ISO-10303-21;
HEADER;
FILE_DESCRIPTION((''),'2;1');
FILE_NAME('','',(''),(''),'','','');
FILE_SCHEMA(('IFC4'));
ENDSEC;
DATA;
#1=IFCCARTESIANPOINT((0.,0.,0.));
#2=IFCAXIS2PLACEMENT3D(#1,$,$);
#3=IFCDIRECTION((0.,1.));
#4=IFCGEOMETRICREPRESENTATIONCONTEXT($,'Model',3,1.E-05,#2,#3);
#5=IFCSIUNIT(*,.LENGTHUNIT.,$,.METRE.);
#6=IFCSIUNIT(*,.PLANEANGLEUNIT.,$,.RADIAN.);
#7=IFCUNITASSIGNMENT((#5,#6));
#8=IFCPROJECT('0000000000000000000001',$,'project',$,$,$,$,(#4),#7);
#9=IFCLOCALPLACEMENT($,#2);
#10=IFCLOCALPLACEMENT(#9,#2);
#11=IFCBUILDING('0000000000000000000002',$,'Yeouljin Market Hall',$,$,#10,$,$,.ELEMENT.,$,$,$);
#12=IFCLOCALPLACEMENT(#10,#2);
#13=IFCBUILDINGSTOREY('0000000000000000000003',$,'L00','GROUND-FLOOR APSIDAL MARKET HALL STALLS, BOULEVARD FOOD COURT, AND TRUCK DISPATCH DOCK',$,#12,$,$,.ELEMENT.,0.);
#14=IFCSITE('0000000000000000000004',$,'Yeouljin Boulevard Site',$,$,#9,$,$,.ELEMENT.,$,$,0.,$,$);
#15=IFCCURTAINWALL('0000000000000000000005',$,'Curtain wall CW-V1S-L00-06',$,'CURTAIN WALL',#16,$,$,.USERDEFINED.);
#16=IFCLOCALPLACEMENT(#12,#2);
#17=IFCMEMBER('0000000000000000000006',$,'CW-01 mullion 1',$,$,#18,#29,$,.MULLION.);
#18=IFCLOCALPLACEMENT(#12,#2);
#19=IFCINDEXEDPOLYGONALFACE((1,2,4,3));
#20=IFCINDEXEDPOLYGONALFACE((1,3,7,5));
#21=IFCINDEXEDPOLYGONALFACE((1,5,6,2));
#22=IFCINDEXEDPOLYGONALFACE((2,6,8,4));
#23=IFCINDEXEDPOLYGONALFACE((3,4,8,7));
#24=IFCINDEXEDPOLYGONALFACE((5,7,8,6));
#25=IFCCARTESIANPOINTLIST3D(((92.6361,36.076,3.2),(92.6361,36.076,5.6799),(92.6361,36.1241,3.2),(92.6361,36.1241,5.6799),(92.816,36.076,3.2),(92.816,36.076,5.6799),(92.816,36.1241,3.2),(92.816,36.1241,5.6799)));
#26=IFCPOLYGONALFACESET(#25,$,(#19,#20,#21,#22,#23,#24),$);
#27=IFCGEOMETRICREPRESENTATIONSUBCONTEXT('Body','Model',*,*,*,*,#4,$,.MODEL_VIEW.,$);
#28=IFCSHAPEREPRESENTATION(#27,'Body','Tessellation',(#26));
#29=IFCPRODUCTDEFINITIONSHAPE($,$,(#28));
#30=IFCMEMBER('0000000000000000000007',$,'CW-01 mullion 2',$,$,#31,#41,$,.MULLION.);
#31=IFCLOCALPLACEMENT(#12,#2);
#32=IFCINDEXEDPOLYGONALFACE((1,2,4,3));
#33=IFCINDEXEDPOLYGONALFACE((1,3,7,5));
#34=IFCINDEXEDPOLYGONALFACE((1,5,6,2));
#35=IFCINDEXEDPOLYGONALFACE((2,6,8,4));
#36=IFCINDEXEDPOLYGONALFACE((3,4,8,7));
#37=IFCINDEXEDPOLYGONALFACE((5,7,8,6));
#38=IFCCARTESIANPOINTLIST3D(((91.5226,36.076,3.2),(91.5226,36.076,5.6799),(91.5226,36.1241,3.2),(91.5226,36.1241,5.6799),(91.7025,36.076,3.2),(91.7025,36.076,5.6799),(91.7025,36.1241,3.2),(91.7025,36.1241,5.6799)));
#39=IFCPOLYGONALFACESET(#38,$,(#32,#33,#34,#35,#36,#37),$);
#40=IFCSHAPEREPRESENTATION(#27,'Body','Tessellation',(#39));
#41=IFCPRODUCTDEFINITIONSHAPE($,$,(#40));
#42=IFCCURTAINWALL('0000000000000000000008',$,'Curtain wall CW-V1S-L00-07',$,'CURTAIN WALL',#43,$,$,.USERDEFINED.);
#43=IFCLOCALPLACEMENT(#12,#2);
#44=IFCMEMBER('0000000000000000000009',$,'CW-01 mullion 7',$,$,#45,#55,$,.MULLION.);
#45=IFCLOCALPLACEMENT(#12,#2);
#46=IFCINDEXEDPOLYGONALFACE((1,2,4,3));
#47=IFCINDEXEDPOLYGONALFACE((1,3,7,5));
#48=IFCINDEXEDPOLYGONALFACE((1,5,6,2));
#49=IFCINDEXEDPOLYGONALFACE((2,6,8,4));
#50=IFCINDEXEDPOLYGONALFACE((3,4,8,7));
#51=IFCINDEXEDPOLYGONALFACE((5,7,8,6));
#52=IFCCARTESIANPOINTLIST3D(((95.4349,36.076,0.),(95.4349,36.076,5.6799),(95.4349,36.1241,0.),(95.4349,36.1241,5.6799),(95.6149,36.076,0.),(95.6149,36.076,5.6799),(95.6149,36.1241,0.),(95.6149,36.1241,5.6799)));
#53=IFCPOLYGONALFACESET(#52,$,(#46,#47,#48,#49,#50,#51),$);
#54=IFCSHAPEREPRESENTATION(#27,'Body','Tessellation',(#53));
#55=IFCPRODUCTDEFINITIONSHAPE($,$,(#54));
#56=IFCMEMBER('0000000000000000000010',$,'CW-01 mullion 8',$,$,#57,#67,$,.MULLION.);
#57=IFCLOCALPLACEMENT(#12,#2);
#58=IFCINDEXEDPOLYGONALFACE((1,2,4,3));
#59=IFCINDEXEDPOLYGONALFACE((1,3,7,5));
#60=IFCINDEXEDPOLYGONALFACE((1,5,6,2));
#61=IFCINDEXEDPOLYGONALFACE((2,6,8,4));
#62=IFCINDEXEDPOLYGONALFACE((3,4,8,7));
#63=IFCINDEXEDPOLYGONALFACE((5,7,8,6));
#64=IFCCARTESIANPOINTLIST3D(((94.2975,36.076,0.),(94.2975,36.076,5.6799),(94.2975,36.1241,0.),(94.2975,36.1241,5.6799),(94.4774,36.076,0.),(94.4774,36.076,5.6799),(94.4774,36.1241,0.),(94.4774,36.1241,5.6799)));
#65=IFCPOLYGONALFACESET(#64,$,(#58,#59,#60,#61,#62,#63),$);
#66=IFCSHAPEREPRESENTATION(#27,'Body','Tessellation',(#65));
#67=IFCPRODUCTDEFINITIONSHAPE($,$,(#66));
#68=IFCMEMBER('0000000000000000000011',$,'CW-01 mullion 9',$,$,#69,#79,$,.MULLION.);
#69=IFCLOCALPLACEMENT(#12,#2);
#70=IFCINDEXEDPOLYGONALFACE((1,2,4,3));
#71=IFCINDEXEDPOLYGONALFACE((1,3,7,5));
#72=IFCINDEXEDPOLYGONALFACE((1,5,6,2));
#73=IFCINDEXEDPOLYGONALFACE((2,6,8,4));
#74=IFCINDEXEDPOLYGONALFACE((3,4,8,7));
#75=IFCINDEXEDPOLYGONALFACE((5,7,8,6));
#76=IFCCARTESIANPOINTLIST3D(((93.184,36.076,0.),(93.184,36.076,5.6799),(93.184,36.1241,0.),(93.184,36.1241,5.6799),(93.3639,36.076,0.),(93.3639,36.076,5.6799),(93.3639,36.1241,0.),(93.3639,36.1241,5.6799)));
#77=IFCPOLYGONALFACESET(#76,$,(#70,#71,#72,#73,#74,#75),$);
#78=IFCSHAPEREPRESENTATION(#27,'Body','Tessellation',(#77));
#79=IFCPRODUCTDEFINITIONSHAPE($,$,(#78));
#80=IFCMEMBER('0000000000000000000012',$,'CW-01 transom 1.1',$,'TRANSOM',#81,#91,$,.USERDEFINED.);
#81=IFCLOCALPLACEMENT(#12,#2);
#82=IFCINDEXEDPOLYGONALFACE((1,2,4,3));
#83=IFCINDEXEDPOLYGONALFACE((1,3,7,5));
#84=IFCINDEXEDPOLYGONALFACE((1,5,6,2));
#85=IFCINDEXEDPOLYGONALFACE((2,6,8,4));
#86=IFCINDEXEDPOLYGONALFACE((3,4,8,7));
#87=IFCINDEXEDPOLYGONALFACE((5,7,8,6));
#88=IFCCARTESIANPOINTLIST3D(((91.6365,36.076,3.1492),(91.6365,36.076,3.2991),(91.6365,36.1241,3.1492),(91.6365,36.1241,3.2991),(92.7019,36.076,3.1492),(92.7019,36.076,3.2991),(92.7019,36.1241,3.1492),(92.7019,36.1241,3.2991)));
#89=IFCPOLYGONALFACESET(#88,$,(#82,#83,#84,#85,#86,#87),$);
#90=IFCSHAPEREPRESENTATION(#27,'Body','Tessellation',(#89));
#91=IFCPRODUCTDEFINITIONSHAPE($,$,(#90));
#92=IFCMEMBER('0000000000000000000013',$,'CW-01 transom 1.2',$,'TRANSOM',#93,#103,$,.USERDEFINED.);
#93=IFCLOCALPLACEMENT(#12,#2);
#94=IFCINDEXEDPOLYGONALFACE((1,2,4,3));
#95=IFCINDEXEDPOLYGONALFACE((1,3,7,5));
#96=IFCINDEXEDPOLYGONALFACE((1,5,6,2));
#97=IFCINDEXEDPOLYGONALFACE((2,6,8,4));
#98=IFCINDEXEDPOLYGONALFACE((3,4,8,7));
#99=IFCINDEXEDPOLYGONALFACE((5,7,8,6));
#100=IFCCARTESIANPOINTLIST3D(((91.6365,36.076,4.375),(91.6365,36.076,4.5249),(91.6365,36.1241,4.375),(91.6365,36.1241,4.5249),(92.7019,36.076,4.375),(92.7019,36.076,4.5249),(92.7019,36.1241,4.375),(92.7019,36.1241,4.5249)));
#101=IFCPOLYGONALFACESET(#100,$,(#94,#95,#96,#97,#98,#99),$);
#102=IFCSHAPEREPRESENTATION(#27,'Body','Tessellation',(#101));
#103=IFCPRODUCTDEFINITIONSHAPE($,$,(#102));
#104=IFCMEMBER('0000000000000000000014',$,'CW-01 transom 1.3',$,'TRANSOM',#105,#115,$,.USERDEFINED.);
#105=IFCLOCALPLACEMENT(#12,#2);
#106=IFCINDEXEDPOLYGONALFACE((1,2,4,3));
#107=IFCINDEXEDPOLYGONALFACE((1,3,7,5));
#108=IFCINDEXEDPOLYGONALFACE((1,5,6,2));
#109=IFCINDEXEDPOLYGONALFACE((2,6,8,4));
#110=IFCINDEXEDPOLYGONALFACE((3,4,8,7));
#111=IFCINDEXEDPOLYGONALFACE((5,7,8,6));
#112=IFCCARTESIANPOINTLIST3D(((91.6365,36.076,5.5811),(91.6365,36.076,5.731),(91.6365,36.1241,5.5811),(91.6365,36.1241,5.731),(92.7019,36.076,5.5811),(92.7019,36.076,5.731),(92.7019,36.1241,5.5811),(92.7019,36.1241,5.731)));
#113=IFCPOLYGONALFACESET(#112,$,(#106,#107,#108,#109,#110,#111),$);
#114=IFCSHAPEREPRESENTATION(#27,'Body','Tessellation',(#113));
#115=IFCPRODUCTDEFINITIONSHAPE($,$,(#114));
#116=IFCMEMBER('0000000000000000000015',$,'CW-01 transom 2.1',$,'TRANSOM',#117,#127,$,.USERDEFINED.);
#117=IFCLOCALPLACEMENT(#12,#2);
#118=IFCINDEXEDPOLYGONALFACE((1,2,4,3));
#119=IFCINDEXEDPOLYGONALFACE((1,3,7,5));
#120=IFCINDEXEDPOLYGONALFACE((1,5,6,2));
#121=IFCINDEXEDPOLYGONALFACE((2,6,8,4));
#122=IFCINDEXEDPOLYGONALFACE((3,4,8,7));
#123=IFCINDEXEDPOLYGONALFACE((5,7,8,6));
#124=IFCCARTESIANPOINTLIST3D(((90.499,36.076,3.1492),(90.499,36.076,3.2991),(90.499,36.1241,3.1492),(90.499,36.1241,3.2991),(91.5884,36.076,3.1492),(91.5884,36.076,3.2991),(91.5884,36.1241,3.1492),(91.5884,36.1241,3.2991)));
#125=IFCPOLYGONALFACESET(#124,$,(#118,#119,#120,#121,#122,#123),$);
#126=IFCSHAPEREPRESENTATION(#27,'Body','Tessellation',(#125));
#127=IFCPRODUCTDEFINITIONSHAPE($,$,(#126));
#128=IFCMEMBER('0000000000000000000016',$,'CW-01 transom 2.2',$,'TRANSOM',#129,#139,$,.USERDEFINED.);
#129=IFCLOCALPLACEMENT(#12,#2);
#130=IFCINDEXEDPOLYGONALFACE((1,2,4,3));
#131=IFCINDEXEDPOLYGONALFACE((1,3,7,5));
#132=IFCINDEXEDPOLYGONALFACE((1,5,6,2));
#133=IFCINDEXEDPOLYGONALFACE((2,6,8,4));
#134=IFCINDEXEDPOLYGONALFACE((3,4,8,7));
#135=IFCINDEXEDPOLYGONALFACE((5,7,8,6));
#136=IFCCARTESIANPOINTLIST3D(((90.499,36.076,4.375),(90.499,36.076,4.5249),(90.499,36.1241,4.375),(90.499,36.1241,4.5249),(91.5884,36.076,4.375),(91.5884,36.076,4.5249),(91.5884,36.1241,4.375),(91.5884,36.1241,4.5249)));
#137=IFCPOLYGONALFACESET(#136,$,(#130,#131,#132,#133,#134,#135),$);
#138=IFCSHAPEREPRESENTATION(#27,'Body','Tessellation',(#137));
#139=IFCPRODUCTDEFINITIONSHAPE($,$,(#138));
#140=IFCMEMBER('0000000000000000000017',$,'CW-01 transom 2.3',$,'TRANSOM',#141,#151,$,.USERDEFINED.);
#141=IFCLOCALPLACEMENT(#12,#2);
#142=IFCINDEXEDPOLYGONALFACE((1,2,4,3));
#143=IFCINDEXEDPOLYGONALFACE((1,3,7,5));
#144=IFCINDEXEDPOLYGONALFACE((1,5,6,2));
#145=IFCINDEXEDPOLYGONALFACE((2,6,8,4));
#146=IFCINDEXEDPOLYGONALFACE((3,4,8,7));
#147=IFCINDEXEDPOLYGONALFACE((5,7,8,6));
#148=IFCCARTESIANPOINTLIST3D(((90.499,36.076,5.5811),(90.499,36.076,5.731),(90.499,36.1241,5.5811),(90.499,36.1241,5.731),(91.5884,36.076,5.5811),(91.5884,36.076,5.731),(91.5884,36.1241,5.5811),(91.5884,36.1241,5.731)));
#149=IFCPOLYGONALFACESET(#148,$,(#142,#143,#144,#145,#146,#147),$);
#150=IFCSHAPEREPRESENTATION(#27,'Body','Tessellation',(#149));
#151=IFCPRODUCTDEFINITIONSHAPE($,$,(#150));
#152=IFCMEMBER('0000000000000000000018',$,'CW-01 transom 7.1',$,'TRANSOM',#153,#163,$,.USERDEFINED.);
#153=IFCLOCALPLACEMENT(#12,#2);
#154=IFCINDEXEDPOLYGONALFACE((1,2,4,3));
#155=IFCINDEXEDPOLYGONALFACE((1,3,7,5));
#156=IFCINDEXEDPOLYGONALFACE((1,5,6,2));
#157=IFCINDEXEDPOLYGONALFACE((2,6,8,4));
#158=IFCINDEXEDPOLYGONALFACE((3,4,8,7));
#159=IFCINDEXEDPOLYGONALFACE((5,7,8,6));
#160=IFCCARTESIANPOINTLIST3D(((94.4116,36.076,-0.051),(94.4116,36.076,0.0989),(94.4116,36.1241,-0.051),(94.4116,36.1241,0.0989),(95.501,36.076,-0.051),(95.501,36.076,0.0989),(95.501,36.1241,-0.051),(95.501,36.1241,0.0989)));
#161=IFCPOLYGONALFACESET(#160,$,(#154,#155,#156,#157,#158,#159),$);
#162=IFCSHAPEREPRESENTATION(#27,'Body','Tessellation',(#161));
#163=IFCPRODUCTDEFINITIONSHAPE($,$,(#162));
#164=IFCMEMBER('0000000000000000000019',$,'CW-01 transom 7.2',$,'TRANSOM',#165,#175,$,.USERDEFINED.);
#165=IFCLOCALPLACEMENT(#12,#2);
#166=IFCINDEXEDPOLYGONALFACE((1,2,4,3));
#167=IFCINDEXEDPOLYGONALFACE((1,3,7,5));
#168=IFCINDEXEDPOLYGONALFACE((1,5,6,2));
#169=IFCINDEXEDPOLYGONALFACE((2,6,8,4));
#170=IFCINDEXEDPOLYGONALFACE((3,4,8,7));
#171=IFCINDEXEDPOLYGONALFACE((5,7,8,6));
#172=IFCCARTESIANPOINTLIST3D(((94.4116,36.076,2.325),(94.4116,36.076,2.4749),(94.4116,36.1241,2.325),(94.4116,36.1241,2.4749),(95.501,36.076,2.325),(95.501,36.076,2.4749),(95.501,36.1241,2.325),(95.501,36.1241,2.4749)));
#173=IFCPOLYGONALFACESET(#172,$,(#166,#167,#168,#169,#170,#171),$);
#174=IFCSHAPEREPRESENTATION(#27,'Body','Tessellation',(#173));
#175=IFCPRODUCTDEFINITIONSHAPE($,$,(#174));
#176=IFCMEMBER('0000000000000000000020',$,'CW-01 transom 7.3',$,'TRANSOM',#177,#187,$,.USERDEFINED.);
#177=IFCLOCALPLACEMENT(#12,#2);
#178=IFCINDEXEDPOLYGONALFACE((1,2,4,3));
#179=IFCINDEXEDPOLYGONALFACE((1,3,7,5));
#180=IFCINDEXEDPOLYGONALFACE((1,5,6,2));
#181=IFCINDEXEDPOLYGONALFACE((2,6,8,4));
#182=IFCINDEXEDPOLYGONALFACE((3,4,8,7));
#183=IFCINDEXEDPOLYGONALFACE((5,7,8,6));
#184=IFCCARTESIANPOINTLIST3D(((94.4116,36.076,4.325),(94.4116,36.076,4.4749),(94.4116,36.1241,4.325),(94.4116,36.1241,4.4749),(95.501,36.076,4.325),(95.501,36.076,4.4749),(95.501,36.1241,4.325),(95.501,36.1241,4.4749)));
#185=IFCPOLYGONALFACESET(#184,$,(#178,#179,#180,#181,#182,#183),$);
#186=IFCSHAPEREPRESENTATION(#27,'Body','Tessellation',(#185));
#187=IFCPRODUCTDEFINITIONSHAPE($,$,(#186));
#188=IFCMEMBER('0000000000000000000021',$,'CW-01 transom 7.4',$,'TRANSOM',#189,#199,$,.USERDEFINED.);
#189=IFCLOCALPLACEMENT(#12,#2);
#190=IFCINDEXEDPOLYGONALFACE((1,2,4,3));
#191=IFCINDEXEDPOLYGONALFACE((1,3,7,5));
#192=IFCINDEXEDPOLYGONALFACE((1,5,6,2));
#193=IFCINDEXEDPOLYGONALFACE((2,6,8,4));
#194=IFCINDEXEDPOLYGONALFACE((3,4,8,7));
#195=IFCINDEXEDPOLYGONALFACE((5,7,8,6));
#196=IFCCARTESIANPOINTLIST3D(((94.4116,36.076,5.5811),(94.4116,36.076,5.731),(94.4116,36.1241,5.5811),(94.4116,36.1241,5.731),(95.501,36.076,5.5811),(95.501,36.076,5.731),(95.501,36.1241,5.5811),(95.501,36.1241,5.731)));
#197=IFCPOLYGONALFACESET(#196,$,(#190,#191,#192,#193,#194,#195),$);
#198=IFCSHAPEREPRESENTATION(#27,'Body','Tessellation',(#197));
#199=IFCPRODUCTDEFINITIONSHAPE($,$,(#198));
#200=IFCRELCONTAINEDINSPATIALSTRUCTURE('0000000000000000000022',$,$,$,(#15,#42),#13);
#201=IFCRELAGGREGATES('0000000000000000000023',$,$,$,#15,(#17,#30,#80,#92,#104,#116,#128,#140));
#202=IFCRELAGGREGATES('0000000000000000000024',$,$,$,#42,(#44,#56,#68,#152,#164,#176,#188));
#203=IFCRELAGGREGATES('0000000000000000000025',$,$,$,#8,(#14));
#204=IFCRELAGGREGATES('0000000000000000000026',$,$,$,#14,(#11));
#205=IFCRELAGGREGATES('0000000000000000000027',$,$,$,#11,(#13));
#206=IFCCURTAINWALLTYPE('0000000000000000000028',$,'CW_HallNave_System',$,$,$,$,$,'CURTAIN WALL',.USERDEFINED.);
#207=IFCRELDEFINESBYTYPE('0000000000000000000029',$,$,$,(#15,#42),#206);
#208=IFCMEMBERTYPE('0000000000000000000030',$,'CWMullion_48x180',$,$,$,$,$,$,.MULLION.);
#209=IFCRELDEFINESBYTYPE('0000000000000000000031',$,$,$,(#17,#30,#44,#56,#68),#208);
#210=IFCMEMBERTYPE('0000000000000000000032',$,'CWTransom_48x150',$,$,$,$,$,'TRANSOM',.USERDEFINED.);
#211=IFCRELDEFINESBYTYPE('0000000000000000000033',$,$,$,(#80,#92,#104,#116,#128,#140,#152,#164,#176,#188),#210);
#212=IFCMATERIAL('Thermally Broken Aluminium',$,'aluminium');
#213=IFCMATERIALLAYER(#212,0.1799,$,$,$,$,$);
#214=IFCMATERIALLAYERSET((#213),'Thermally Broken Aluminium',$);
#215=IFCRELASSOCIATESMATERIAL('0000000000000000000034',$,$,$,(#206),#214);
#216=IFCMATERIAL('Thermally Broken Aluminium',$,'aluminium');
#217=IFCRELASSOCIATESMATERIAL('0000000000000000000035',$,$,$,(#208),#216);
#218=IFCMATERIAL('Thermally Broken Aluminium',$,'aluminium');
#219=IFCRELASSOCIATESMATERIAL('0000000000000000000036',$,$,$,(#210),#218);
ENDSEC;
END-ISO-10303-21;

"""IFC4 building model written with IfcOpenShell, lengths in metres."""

from ifc_helpers import new_model, si_unit, direction, frame, origin, origin_2d, place, context, subcontext, project, spatial, rectangle, extrude, material, layer, layer_set, material_profile, profile_set, type_object, element, aggregate, save


model = new_model("IFC4")

# Units and contexts
model_context = context("Model", 3, precision=1e-05, world=origin(), true_north=direction((0.0, 1.0)))
body_context = subcontext(model_context, "Body", "Model", "MODEL_VIEW")
ifc_project = project(units=[si_unit("LENGTHUNIT", "METRE"), si_unit("PLANEANGLEUNIT", "RADIAN")], contexts=[model_context])

# Site, building, storey
site_placement = place(None, origin())
site = spatial("IfcSite", under=ifc_project, at=site_placement, Name="Yeouljin Boulevard Site", CompositionType="ELEMENT", RefElevation=0.0)
building_placement = place(site_placement, origin())
building = spatial("IfcBuilding", under=site, at=building_placement, Name="Yeouljin Market Hall", CompositionType="ELEMENT")
storey_placement = place(building_placement, origin())
storey = spatial("IfcBuildingStorey", under=building, at=storey_placement, Name="L00", Description="GROUND-FLOOR APSIDAL MARKET HALL STALLS, BOULEVARD FOOD COURT, AND TRUCK DISPATCH DOCK", CompositionType="ELEMENT", Elevation=0.0)

# Curtain walls, members
ifc_material_1 = material(Name="Thermally Broken Aluminium", Category="aluminium")
ifc_layer_1 = layer(ifc_material_1, 0.1799)
ifc_layer_set_1 = layer_set([ifc_layer_1], Name="Thermally Broken Aluminium")
curtain_wall_type = type_object("IfcCurtainWallType", Name="CW_HallNave_System", ElementType="CURTAIN WALL", PredefinedType="USERDEFINED", material=ifc_layer_set_1)
curtain_wall_1_placement = place(storey_placement, origin())
curtain_wall_1 = element("IfcCurtainWall", 1, at=curtain_wall_1_placement, inside=storey, type_object=curtain_wall_type, Name="Curtain wall CW-V1S-L00-06", ObjectType="CURTAIN WALL", PredefinedType="USERDEFINED")
ifc_material_2 = material(Name="Thermally Broken Aluminium", Category="aluminium")
ifc_material_profile_1 = material_profile(ifc_material_2, rectangle(XDim=0.0481, YDim=0.1799, at=origin_2d()), Name="CW-MULL-48x180")
ifc_profile_set_1 = profile_set([ifc_material_profile_1], Name="Thermally Broken Aluminium")
member_type_1 = type_object("IfcMemberType", Name="CWMullion_48x180", PredefinedType="MULLION", material=ifc_profile_set_1)
member_1_placement = place(storey_placement, frame((92.7261, 36.1001, 3.2), z_axis=(0.0, 0.0, 1.0), x_axis=(0.0, -1.0, 0.0)))
member_1 = element("IfcMember", 2, at=member_1_placement, type_object=member_type_1, Name="CW-01 mullion 1", PredefinedType="MULLION", context=body_context, shape_type="SweptSolid", body=[
    extrude(rectangle(XDim=0.0481, YDim=0.1799, at=origin_2d()), origin(), (0.0, 0.0, 1.0), 2.48),
])
member_2_placement = place(storey_placement, frame((91.6125, 36.1001, 3.2), z_axis=(0.0, 0.0, 1.0), x_axis=(0.0, -1.0, 0.0)))
member_2 = element("IfcMember", 3, at=member_2_placement, type_object=member_type_1, Name="CW-01 mullion 2", PredefinedType="MULLION", context=body_context, shape_type="SweptSolid", body=[
    extrude(rectangle(XDim=0.0481, YDim=0.1799, at=origin_2d()), origin(), (0.0, 0.0, 1.0), 2.48),
])
curtain_wall_2_placement = place(storey_placement, origin())
curtain_wall_2 = element("IfcCurtainWall", 4, at=curtain_wall_2_placement, inside=storey, type_object=curtain_wall_type, Name="Curtain wall CW-V1S-L00-07", ObjectType="CURTAIN WALL", PredefinedType="USERDEFINED")
member_3_placement = place(storey_placement, frame((95.5249, 36.1001, 0.0), z_axis=(0.0, 0.0, 1.0), x_axis=(0.0, -1.0, 0.0)))
member_3 = element("IfcMember", 5, at=member_3_placement, type_object=member_type_1, Name="CW-01 mullion 7", PredefinedType="MULLION", context=body_context, shape_type="SweptSolid", body=[
    extrude(rectangle(XDim=0.0481, YDim=0.1799, at=origin_2d()), origin(), (0.0, 0.0, 1.0), 5.6799),
])
member_4_placement = place(storey_placement, frame((94.3875, 36.1001, 0.0), z_axis=(0.0, 0.0, 1.0), x_axis=(0.0, -1.0, 0.0)))
member_4 = element("IfcMember", 6, at=member_4_placement, type_object=member_type_1, Name="CW-01 mullion 8", PredefinedType="MULLION", context=body_context, shape_type="SweptSolid", body=[
    extrude(rectangle(XDim=0.0481, YDim=0.1799, at=origin_2d()), origin(), (0.0, 0.0, 1.0), 5.6799),
])
member_5_placement = place(storey_placement, frame((93.2739, 36.1001, 0.0), z_axis=(0.0, 0.0, 1.0), x_axis=(0.0, -1.0, 0.0)))
member_5 = element("IfcMember", 7, at=member_5_placement, type_object=member_type_1, Name="CW-01 mullion 9", PredefinedType="MULLION", context=body_context, shape_type="SweptSolid", body=[
    extrude(rectangle(XDim=0.0481, YDim=0.1799, at=origin_2d()), origin(), (0.0, 0.0, 1.0), 5.6799),
])

# Members
ifc_material_3 = material(Name="Thermally Broken Aluminium", Category="aluminium")
ifc_material_profile_2 = material_profile(ifc_material_3, rectangle(XDim=0.0481, YDim=0.1499, at=origin_2d()), Name="CW-TRAN-48x150")
ifc_profile_set_2 = profile_set([ifc_material_profile_2], Name="Thermally Broken Aluminium")
member_type_2 = type_object("IfcMemberType", Name="CWTransom_48x150", ElementType="TRANSOM", PredefinedType="USERDEFINED", material=ifc_profile_set_2)
member_6_placement = place(storey_placement, frame((92.7019, 36.1001, 3.2241), z_axis=(-1.0, 0.0, 0.0), x_axis=(0.0, -1.0, 0.0)))
member_6 = element("IfcMember", 8, at=member_6_placement, type_object=member_type_2, Name="CW-01 transom 1.1", ObjectType="TRANSOM", PredefinedType="USERDEFINED", context=body_context, shape_type="SweptSolid", body=[
    extrude(rectangle(XDim=0.0481, YDim=0.1499, at=origin_2d()), origin(), (0.0, 0.0, 1.0), 1.0654),
])
member_7_placement = place(storey_placement, frame((92.7019, 36.1001, 4.45), z_axis=(-1.0, 0.0, 0.0), x_axis=(0.0, -1.0, 0.0)))
member_7 = element("IfcMember", 9, at=member_7_placement, type_object=member_type_2, Name="CW-01 transom 1.2", ObjectType="TRANSOM", PredefinedType="USERDEFINED", context=body_context, shape_type="SweptSolid", body=[
    extrude(rectangle(XDim=0.0481, YDim=0.1499, at=origin_2d()), origin(), (0.0, 0.0, 1.0), 1.0654),
])
member_8_placement = place(storey_placement, frame((92.7019, 36.1001, 5.656), z_axis=(-1.0, 0.0, 0.0), x_axis=(0.0, -1.0, 0.0)))
member_8 = element("IfcMember", 10, at=member_8_placement, type_object=member_type_2, Name="CW-01 transom 1.3", ObjectType="TRANSOM", PredefinedType="USERDEFINED", context=body_context, shape_type="SweptSolid", body=[
    extrude(rectangle(XDim=0.0481, YDim=0.1499, at=origin_2d()), origin(), (0.0, 0.0, 1.0), 1.0654),
])
member_9_placement = place(storey_placement, frame((91.5884, 36.1001, 3.2241), z_axis=(-1.0, 0.0, 0.0), x_axis=(0.0, -1.0, 0.0)))
member_9 = element("IfcMember", 11, at=member_9_placement, type_object=member_type_2, Name="CW-01 transom 2.1", ObjectType="TRANSOM", PredefinedType="USERDEFINED", context=body_context, shape_type="SweptSolid", body=[
    extrude(rectangle(XDim=0.0481, YDim=0.1499, at=origin_2d()), origin(), (0.0, 0.0, 1.0), 1.0894),
])
member_10_placement = place(storey_placement, frame((91.5884, 36.1001, 4.45), z_axis=(-1.0, 0.0, 0.0), x_axis=(0.0, -1.0, 0.0)))
member_10 = element("IfcMember", 12, at=member_10_placement, type_object=member_type_2, Name="CW-01 transom 2.2", ObjectType="TRANSOM", PredefinedType="USERDEFINED", context=body_context, shape_type="SweptSolid", body=[
    extrude(rectangle(XDim=0.0481, YDim=0.1499, at=origin_2d()), origin(), (0.0, 0.0, 1.0), 1.0894),
])
member_11_placement = place(storey_placement, frame((91.5884, 36.1001, 5.656), z_axis=(-1.0, 0.0, 0.0), x_axis=(0.0, -1.0, 0.0)))
member_11 = element("IfcMember", 13, at=member_11_placement, type_object=member_type_2, Name="CW-01 transom 2.3", ObjectType="TRANSOM", PredefinedType="USERDEFINED", context=body_context, shape_type="SweptSolid", body=[
    extrude(rectangle(XDim=0.0481, YDim=0.1499, at=origin_2d()), origin(), (0.0, 0.0, 1.0), 1.0894),
])
member_12_placement = place(storey_placement, frame((95.501, 36.1001, 0.0239), z_axis=(-1.0, 0.0, 0.0), x_axis=(0.0, -1.0, 0.0)))
member_12 = element("IfcMember", 14, at=member_12_placement, type_object=member_type_2, Name="CW-01 transom 7.1", ObjectType="TRANSOM", PredefinedType="USERDEFINED", context=body_context, shape_type="SweptSolid", body=[
    extrude(rectangle(XDim=0.0481, YDim=0.1499, at=origin_2d()), origin(), (0.0, 0.0, 1.0), 1.0894),
])
member_13_placement = place(storey_placement, frame((95.501, 36.1001, 2.3999), z_axis=(-1.0, 0.0, 0.0), x_axis=(0.0, -1.0, 0.0)))
member_13 = element("IfcMember", 15, at=member_13_placement, type_object=member_type_2, Name="CW-01 transom 7.2", ObjectType="TRANSOM", PredefinedType="USERDEFINED", context=body_context, shape_type="SweptSolid", body=[
    extrude(rectangle(XDim=0.0481, YDim=0.1499, at=origin_2d()), origin(), (0.0, 0.0, 1.0), 1.0894),
])
member_14_placement = place(storey_placement, frame((95.501, 36.1001, 4.3999), z_axis=(-1.0, 0.0, 0.0), x_axis=(0.0, -1.0, 0.0)))
member_14 = element("IfcMember", 16, at=member_14_placement, type_object=member_type_2, Name="CW-01 transom 7.3", ObjectType="TRANSOM", PredefinedType="USERDEFINED", context=body_context, shape_type="SweptSolid", body=[
    extrude(rectangle(XDim=0.0481, YDim=0.1499, at=origin_2d()), origin(), (0.0, 0.0, 1.0), 1.0894),
])
member_15_placement = place(storey_placement, frame((95.501, 36.1001, 5.656), z_axis=(-1.0, 0.0, 0.0), x_axis=(0.0, -1.0, 0.0)))
member_15 = element("IfcMember", 17, at=member_15_placement, type_object=member_type_2, Name="CW-01 transom 7.4", ObjectType="TRANSOM", PredefinedType="USERDEFINED", context=body_context, shape_type="SweptSolid", body=[
    extrude(rectangle(XDim=0.0481, YDim=0.1499, at=origin_2d()), origin(), (0.0, 0.0, 1.0), 1.0894),
])

aggregate(curtain_wall_1, [member_1, member_2, member_6, member_7, member_8, member_9, member_10, member_11])
aggregate(curtain_wall_2, [member_3, member_4, member_5, member_12, member_13, member_14, member_15])

save(model, "model.ifc")
